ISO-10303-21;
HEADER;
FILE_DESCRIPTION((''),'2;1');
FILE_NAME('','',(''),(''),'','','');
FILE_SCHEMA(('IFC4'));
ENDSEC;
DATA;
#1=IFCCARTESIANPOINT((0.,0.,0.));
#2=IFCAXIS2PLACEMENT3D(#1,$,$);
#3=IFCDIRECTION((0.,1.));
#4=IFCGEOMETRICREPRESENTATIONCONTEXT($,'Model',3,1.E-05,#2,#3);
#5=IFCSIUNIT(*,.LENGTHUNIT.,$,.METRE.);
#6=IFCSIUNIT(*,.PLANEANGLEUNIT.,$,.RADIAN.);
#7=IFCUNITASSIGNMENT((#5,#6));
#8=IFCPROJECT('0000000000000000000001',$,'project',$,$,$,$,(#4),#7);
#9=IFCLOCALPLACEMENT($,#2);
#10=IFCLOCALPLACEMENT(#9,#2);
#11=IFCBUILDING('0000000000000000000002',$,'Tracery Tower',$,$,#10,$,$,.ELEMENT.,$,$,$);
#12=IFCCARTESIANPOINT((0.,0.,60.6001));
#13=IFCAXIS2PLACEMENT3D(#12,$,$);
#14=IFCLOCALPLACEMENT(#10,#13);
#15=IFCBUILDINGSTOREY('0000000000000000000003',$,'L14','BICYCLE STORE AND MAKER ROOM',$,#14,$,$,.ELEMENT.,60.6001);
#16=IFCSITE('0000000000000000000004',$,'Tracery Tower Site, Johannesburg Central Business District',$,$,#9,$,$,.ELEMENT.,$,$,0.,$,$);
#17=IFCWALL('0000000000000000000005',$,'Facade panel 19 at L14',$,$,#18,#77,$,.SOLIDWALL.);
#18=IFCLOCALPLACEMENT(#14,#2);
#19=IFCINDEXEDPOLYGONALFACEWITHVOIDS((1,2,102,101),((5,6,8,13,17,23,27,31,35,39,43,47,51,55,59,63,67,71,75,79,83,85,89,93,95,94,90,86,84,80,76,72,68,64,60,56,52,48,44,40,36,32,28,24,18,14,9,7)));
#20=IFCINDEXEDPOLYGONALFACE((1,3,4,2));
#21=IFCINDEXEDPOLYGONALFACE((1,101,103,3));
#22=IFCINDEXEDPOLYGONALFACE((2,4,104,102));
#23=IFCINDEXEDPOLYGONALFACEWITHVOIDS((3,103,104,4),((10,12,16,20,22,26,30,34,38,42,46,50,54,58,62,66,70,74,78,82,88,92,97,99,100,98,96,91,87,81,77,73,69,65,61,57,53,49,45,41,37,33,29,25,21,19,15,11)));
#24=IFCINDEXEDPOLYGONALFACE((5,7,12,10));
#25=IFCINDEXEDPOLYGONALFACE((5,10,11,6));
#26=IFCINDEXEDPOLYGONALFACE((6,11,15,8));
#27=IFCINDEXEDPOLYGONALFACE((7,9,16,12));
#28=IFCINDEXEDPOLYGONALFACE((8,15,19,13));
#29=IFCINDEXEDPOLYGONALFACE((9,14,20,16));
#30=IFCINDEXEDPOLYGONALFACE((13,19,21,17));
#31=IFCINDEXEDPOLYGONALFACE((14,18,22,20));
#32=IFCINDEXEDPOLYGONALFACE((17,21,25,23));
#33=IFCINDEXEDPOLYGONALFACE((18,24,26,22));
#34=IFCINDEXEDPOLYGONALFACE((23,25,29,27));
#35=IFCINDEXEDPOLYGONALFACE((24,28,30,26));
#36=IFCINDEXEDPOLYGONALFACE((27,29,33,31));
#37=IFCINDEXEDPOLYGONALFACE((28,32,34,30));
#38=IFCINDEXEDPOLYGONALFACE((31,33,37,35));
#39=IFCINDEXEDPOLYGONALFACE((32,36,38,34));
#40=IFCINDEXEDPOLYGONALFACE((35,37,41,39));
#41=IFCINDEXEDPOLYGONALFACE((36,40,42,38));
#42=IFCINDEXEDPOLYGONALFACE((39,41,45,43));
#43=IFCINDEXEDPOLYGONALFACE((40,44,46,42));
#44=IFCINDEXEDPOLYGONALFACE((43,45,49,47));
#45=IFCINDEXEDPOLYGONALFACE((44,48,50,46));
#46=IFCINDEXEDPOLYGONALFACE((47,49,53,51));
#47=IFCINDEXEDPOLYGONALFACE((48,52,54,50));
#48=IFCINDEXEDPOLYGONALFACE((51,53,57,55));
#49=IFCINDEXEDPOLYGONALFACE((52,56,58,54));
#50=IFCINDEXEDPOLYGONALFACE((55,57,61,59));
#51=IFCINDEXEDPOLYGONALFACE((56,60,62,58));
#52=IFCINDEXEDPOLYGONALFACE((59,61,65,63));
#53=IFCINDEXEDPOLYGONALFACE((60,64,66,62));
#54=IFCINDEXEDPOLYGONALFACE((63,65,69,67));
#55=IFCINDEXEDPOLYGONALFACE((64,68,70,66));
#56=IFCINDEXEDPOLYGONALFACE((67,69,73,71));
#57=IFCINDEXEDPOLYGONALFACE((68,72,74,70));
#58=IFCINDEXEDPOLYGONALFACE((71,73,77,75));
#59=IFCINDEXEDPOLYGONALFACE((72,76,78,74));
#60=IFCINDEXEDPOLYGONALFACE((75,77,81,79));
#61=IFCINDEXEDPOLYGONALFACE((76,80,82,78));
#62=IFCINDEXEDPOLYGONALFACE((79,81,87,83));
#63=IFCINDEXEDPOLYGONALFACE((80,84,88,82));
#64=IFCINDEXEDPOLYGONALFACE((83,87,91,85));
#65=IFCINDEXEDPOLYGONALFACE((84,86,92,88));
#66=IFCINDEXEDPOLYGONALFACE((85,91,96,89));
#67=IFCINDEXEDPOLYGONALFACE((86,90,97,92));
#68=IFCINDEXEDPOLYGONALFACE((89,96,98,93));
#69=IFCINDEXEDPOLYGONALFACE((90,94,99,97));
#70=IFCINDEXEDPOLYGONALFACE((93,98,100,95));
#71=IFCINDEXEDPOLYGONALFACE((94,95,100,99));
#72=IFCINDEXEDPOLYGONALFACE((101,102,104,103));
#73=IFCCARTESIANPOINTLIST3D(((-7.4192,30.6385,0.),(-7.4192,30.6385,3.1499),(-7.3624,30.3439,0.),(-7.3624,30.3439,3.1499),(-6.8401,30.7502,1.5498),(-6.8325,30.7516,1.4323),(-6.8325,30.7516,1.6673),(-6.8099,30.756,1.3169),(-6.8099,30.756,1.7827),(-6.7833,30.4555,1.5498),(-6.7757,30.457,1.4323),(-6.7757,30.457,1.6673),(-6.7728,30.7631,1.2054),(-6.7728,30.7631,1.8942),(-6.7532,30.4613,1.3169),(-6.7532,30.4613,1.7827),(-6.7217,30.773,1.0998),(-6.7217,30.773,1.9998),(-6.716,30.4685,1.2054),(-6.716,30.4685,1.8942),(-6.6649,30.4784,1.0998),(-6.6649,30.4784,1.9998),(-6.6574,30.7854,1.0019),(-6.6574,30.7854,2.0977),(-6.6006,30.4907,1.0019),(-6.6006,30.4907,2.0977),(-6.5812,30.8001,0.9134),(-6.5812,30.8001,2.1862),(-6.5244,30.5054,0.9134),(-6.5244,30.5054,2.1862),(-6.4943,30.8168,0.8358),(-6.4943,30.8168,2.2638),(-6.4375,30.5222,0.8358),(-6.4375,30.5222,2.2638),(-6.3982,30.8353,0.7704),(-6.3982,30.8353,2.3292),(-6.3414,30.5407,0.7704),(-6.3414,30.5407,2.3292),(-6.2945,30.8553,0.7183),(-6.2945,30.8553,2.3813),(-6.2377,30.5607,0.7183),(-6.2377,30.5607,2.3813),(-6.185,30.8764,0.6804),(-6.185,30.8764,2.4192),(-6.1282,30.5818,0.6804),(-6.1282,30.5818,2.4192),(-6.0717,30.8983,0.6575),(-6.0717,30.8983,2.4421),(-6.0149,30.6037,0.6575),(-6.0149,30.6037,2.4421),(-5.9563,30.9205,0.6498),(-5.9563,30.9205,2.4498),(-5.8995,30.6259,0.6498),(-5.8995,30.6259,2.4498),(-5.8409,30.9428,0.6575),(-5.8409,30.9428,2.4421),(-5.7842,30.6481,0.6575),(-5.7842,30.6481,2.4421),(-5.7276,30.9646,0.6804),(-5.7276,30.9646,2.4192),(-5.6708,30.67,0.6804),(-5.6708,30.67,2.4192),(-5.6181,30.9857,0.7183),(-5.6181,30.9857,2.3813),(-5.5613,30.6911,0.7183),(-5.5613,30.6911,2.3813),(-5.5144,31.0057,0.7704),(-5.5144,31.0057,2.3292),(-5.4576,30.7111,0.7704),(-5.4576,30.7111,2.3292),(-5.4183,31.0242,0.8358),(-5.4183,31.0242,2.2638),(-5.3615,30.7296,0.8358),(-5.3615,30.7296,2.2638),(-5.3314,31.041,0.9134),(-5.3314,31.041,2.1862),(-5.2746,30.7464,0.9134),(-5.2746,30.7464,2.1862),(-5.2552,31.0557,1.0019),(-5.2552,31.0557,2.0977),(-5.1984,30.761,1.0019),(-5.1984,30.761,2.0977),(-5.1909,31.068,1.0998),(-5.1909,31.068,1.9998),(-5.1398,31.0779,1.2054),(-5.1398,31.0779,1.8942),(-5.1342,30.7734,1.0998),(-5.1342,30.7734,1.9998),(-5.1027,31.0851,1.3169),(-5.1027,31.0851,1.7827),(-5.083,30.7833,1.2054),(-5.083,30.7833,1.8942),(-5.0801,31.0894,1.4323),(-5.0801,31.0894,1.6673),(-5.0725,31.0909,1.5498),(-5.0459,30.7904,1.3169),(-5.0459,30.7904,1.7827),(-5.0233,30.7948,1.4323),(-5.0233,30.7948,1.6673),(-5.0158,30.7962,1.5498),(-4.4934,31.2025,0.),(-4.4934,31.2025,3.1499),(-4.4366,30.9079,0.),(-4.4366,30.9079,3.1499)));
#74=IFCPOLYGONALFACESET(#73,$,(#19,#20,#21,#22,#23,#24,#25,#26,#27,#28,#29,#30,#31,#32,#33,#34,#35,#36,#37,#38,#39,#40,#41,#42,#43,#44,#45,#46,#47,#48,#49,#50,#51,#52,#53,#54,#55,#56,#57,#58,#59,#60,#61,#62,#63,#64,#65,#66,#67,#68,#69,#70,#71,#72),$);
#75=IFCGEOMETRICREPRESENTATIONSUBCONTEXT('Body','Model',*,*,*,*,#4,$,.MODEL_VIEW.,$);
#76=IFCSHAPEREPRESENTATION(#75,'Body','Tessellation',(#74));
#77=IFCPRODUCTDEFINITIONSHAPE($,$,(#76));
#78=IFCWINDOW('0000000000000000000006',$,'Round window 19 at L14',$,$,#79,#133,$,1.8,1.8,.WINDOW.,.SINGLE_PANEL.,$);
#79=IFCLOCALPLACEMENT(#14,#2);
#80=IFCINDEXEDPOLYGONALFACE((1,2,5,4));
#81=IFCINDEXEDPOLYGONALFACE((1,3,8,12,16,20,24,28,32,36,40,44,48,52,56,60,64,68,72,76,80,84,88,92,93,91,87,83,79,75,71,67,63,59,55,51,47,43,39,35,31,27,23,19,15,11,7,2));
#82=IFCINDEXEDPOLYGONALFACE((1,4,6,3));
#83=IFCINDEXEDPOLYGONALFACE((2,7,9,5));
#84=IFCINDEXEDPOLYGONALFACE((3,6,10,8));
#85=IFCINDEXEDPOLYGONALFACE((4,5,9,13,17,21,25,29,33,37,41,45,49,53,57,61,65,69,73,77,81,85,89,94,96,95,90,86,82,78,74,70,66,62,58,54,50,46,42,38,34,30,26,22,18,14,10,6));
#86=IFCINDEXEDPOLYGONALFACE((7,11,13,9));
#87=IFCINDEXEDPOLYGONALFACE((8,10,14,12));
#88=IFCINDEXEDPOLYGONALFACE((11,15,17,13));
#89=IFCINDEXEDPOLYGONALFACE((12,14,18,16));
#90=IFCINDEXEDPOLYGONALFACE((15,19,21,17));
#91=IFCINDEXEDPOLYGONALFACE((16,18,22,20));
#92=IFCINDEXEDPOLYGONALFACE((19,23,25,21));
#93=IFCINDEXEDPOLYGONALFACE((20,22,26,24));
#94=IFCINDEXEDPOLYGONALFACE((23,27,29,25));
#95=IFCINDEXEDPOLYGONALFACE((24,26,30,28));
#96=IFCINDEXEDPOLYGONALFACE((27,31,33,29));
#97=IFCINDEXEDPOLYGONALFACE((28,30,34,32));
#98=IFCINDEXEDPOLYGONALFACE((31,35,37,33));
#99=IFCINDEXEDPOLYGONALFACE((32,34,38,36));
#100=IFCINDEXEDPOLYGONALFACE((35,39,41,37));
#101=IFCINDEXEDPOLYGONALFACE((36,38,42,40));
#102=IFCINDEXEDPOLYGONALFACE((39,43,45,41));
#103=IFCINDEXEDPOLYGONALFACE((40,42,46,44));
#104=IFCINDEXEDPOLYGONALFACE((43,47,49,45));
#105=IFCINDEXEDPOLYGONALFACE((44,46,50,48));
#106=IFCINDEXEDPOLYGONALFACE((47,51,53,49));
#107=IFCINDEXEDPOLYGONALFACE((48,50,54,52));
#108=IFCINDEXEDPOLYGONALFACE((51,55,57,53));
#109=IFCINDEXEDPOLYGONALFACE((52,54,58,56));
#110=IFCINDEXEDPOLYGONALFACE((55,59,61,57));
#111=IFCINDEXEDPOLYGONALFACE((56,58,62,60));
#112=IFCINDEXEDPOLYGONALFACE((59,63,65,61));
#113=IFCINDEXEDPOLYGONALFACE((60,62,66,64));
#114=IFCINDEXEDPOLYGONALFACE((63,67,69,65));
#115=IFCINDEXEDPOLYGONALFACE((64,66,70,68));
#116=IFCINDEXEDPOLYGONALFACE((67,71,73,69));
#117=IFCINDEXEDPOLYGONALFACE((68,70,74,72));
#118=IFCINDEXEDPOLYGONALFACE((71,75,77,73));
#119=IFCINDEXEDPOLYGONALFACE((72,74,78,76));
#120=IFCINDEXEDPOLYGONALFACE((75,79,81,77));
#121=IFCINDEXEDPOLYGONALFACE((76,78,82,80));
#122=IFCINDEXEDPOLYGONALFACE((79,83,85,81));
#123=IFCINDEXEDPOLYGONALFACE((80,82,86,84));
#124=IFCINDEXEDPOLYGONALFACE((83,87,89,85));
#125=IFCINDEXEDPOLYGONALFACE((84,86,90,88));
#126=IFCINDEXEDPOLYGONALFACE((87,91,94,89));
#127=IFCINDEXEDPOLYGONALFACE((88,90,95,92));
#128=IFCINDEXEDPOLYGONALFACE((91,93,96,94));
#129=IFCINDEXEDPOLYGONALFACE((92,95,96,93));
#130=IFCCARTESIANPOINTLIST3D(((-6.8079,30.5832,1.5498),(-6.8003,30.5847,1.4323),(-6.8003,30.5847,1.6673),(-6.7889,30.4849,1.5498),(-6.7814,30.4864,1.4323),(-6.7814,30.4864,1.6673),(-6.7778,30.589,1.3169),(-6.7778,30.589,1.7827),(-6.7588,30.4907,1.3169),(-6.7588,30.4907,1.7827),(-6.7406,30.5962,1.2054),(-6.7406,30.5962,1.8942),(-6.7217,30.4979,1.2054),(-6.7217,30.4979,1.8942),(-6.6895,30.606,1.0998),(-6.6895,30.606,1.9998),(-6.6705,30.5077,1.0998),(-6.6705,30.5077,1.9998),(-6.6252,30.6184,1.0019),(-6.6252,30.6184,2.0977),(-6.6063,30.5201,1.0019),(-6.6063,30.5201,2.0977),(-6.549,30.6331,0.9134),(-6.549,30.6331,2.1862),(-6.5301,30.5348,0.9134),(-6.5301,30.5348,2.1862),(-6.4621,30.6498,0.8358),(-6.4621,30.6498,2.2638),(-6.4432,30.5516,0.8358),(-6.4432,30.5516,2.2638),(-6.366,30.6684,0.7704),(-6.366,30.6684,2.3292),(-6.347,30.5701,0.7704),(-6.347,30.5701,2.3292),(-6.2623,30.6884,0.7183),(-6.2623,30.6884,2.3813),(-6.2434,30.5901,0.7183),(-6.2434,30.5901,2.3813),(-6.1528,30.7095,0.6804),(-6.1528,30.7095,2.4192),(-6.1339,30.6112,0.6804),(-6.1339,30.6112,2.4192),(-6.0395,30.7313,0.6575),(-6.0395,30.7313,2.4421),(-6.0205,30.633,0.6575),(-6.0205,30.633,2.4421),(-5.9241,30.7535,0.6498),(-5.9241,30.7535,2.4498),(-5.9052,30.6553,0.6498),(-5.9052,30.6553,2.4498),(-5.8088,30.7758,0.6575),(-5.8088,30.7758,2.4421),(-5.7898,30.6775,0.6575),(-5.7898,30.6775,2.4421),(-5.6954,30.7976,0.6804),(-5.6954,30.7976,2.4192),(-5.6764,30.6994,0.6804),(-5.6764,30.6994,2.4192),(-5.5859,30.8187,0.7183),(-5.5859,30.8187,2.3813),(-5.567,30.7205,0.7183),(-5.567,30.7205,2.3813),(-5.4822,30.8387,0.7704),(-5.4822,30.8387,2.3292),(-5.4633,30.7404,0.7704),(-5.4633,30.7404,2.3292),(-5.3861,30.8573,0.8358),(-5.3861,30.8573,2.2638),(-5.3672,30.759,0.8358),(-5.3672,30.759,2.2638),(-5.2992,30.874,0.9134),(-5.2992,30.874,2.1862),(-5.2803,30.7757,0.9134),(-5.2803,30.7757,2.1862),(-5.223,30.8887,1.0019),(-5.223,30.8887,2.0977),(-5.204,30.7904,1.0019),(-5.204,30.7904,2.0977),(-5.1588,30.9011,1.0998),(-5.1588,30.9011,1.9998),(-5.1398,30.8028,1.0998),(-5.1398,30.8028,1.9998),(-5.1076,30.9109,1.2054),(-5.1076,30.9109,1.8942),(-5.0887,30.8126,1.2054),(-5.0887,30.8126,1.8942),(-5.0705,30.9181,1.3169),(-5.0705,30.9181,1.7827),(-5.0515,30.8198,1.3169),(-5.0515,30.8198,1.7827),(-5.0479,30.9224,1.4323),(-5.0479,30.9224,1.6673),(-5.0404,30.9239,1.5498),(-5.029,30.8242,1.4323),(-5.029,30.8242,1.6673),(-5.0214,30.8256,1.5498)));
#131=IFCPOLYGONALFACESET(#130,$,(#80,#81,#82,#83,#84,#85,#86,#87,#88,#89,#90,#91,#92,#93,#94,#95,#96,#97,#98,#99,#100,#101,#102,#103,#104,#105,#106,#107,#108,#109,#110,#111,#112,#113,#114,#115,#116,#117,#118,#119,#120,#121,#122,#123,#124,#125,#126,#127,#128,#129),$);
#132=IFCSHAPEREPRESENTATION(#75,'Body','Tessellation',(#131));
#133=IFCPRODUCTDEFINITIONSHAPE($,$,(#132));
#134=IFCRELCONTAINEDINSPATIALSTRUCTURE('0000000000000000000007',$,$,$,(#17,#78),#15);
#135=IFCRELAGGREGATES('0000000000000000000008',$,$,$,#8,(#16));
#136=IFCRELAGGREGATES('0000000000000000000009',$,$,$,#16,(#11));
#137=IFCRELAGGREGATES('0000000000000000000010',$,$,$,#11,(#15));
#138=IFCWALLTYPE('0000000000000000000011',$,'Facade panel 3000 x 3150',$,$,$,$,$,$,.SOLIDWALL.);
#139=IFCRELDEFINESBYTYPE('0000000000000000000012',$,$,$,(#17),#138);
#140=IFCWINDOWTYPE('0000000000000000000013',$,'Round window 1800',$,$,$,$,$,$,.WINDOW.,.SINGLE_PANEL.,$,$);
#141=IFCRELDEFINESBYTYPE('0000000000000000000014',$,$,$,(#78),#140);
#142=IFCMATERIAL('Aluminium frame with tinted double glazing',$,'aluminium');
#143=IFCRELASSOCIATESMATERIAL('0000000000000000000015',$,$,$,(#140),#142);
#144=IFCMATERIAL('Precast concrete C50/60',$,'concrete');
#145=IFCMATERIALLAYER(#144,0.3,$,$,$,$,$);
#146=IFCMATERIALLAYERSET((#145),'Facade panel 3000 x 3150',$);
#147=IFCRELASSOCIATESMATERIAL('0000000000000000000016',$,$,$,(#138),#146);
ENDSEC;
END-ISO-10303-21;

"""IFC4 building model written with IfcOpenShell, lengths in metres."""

from ifc_helpers import new_model, si_unit, direction, frame, frame_2d, origin, origin_2d, place, context, subcontext, project, spatial, rectangle, circle, extrude, material, layer, layer_set, type_object, element, fill, save


model = new_model("IFC4")

# Units and contexts
model_context = context("Model", 3, precision=1e-05, world=origin(), true_north=direction((0.0, 1.0)))
body_context = subcontext(model_context, "Body", "Model", "MODEL_VIEW")
ifc_project = project(units=[si_unit("LENGTHUNIT", "METRE"), si_unit("PLANEANGLEUNIT", "RADIAN")], contexts=[model_context])

# Site, building, storey
site_placement = place(None, origin())
site = spatial("IfcSite", under=ifc_project, at=site_placement, Name="Tracery Tower Site, Johannesburg Central Business District", CompositionType="ELEMENT", RefElevation=0.0)
building_placement = place(site_placement, origin())
building = spatial("IfcBuilding", under=site, at=building_placement, Name="Tracery Tower", CompositionType="ELEMENT")
storey_placement = place(building_placement, frame((0.0, 0.0, 60.6001)))
storey = spatial("IfcBuildingStorey", under=building, at=storey_placement, Name="L14", Description="BICYCLE STORE AND MAKER ROOM", CompositionType="ELEMENT", Elevation=60.6001)

# Wall, opening, window
ifc_material_1 = material(Name="Aluminium frame with tinted double glazing", Category="aluminium")
window_type = type_object("IfcWindowType", Name="Round window 1800", PartitioningType="SINGLE_PANEL", PredefinedType="WINDOW", material=ifc_material_1)
ifc_material_2 = material(Name="Precast concrete C50/60", Category="concrete")
ifc_layer_1 = layer(ifc_material_2, 0.3)
ifc_layer_set_1 = layer_set([ifc_layer_1], Name="Facade panel 3000 x 3150")
wall_type_1 = type_object("IfcWallType", Name="Facade panel 3000 x 3150", PredefinedType="SOLIDWALL", material=ifc_layer_set_1)
wall_1_placement = place(storey_placement, frame((-4.4651, 31.0552, 0.0), z_axis=(0.0, 0.0, 1.0), x_axis=(-0.981925, -0.189273, 0.0)))
wall_1 = element("IfcWall", 1, at=wall_1_placement, inside=storey, type_object=wall_type_1, Name="Facade panel 19 at L14", PredefinedType="SOLIDWALL", context=body_context, shape_type="SweptSolid", body=[
    extrude(rectangle(XDim=2.9797, YDim=0.3, at=frame_2d((1.4897, 0.0))), origin(), (0.0, 0.0, 1.0), 3.1499),
])
opening_1_placement = place(wall_1_placement, frame((1.4897, 0.0, 1.5498)))
opening_1 = element("IfcOpeningElement", 2, at=opening_1_placement, cuts=wall_1, PredefinedType="OPENING", context=body_context, shape_type="SweptSolid", body=[
    extrude(circle(Radius=0.9, at=origin_2d()), frame((0.0, 0.1599, 0.0), z_axis=(0.0, -1.0, 0.0), x_axis=(1.0, 0.0, 0.0)), (0.0, 0.0, 1.0), 0.3201),
])
window_1_placement = place(opening_1_placement, origin())
window_1 = element("IfcWindow", 3, at=window_1_placement, inside=storey, type_object=window_type, Name="Round window 19 at L14", OverallHeight=1.8, OverallWidth=1.8, PartitioningType="SINGLE_PANEL", PredefinedType="WINDOW", context=body_context, shape_type="SweptSolid", body=[
    extrude(circle(Radius=0.9, at=origin_2d()), frame((0.0, 0.1201, 0.0), z_axis=(0.0, -1.0, 0.0), x_axis=(1.0, 0.0, 0.0)), (0.0, 0.0, 1.0), 0.1001),
])
fill(opening_1, window_1)

save(model, "model.ifc")
